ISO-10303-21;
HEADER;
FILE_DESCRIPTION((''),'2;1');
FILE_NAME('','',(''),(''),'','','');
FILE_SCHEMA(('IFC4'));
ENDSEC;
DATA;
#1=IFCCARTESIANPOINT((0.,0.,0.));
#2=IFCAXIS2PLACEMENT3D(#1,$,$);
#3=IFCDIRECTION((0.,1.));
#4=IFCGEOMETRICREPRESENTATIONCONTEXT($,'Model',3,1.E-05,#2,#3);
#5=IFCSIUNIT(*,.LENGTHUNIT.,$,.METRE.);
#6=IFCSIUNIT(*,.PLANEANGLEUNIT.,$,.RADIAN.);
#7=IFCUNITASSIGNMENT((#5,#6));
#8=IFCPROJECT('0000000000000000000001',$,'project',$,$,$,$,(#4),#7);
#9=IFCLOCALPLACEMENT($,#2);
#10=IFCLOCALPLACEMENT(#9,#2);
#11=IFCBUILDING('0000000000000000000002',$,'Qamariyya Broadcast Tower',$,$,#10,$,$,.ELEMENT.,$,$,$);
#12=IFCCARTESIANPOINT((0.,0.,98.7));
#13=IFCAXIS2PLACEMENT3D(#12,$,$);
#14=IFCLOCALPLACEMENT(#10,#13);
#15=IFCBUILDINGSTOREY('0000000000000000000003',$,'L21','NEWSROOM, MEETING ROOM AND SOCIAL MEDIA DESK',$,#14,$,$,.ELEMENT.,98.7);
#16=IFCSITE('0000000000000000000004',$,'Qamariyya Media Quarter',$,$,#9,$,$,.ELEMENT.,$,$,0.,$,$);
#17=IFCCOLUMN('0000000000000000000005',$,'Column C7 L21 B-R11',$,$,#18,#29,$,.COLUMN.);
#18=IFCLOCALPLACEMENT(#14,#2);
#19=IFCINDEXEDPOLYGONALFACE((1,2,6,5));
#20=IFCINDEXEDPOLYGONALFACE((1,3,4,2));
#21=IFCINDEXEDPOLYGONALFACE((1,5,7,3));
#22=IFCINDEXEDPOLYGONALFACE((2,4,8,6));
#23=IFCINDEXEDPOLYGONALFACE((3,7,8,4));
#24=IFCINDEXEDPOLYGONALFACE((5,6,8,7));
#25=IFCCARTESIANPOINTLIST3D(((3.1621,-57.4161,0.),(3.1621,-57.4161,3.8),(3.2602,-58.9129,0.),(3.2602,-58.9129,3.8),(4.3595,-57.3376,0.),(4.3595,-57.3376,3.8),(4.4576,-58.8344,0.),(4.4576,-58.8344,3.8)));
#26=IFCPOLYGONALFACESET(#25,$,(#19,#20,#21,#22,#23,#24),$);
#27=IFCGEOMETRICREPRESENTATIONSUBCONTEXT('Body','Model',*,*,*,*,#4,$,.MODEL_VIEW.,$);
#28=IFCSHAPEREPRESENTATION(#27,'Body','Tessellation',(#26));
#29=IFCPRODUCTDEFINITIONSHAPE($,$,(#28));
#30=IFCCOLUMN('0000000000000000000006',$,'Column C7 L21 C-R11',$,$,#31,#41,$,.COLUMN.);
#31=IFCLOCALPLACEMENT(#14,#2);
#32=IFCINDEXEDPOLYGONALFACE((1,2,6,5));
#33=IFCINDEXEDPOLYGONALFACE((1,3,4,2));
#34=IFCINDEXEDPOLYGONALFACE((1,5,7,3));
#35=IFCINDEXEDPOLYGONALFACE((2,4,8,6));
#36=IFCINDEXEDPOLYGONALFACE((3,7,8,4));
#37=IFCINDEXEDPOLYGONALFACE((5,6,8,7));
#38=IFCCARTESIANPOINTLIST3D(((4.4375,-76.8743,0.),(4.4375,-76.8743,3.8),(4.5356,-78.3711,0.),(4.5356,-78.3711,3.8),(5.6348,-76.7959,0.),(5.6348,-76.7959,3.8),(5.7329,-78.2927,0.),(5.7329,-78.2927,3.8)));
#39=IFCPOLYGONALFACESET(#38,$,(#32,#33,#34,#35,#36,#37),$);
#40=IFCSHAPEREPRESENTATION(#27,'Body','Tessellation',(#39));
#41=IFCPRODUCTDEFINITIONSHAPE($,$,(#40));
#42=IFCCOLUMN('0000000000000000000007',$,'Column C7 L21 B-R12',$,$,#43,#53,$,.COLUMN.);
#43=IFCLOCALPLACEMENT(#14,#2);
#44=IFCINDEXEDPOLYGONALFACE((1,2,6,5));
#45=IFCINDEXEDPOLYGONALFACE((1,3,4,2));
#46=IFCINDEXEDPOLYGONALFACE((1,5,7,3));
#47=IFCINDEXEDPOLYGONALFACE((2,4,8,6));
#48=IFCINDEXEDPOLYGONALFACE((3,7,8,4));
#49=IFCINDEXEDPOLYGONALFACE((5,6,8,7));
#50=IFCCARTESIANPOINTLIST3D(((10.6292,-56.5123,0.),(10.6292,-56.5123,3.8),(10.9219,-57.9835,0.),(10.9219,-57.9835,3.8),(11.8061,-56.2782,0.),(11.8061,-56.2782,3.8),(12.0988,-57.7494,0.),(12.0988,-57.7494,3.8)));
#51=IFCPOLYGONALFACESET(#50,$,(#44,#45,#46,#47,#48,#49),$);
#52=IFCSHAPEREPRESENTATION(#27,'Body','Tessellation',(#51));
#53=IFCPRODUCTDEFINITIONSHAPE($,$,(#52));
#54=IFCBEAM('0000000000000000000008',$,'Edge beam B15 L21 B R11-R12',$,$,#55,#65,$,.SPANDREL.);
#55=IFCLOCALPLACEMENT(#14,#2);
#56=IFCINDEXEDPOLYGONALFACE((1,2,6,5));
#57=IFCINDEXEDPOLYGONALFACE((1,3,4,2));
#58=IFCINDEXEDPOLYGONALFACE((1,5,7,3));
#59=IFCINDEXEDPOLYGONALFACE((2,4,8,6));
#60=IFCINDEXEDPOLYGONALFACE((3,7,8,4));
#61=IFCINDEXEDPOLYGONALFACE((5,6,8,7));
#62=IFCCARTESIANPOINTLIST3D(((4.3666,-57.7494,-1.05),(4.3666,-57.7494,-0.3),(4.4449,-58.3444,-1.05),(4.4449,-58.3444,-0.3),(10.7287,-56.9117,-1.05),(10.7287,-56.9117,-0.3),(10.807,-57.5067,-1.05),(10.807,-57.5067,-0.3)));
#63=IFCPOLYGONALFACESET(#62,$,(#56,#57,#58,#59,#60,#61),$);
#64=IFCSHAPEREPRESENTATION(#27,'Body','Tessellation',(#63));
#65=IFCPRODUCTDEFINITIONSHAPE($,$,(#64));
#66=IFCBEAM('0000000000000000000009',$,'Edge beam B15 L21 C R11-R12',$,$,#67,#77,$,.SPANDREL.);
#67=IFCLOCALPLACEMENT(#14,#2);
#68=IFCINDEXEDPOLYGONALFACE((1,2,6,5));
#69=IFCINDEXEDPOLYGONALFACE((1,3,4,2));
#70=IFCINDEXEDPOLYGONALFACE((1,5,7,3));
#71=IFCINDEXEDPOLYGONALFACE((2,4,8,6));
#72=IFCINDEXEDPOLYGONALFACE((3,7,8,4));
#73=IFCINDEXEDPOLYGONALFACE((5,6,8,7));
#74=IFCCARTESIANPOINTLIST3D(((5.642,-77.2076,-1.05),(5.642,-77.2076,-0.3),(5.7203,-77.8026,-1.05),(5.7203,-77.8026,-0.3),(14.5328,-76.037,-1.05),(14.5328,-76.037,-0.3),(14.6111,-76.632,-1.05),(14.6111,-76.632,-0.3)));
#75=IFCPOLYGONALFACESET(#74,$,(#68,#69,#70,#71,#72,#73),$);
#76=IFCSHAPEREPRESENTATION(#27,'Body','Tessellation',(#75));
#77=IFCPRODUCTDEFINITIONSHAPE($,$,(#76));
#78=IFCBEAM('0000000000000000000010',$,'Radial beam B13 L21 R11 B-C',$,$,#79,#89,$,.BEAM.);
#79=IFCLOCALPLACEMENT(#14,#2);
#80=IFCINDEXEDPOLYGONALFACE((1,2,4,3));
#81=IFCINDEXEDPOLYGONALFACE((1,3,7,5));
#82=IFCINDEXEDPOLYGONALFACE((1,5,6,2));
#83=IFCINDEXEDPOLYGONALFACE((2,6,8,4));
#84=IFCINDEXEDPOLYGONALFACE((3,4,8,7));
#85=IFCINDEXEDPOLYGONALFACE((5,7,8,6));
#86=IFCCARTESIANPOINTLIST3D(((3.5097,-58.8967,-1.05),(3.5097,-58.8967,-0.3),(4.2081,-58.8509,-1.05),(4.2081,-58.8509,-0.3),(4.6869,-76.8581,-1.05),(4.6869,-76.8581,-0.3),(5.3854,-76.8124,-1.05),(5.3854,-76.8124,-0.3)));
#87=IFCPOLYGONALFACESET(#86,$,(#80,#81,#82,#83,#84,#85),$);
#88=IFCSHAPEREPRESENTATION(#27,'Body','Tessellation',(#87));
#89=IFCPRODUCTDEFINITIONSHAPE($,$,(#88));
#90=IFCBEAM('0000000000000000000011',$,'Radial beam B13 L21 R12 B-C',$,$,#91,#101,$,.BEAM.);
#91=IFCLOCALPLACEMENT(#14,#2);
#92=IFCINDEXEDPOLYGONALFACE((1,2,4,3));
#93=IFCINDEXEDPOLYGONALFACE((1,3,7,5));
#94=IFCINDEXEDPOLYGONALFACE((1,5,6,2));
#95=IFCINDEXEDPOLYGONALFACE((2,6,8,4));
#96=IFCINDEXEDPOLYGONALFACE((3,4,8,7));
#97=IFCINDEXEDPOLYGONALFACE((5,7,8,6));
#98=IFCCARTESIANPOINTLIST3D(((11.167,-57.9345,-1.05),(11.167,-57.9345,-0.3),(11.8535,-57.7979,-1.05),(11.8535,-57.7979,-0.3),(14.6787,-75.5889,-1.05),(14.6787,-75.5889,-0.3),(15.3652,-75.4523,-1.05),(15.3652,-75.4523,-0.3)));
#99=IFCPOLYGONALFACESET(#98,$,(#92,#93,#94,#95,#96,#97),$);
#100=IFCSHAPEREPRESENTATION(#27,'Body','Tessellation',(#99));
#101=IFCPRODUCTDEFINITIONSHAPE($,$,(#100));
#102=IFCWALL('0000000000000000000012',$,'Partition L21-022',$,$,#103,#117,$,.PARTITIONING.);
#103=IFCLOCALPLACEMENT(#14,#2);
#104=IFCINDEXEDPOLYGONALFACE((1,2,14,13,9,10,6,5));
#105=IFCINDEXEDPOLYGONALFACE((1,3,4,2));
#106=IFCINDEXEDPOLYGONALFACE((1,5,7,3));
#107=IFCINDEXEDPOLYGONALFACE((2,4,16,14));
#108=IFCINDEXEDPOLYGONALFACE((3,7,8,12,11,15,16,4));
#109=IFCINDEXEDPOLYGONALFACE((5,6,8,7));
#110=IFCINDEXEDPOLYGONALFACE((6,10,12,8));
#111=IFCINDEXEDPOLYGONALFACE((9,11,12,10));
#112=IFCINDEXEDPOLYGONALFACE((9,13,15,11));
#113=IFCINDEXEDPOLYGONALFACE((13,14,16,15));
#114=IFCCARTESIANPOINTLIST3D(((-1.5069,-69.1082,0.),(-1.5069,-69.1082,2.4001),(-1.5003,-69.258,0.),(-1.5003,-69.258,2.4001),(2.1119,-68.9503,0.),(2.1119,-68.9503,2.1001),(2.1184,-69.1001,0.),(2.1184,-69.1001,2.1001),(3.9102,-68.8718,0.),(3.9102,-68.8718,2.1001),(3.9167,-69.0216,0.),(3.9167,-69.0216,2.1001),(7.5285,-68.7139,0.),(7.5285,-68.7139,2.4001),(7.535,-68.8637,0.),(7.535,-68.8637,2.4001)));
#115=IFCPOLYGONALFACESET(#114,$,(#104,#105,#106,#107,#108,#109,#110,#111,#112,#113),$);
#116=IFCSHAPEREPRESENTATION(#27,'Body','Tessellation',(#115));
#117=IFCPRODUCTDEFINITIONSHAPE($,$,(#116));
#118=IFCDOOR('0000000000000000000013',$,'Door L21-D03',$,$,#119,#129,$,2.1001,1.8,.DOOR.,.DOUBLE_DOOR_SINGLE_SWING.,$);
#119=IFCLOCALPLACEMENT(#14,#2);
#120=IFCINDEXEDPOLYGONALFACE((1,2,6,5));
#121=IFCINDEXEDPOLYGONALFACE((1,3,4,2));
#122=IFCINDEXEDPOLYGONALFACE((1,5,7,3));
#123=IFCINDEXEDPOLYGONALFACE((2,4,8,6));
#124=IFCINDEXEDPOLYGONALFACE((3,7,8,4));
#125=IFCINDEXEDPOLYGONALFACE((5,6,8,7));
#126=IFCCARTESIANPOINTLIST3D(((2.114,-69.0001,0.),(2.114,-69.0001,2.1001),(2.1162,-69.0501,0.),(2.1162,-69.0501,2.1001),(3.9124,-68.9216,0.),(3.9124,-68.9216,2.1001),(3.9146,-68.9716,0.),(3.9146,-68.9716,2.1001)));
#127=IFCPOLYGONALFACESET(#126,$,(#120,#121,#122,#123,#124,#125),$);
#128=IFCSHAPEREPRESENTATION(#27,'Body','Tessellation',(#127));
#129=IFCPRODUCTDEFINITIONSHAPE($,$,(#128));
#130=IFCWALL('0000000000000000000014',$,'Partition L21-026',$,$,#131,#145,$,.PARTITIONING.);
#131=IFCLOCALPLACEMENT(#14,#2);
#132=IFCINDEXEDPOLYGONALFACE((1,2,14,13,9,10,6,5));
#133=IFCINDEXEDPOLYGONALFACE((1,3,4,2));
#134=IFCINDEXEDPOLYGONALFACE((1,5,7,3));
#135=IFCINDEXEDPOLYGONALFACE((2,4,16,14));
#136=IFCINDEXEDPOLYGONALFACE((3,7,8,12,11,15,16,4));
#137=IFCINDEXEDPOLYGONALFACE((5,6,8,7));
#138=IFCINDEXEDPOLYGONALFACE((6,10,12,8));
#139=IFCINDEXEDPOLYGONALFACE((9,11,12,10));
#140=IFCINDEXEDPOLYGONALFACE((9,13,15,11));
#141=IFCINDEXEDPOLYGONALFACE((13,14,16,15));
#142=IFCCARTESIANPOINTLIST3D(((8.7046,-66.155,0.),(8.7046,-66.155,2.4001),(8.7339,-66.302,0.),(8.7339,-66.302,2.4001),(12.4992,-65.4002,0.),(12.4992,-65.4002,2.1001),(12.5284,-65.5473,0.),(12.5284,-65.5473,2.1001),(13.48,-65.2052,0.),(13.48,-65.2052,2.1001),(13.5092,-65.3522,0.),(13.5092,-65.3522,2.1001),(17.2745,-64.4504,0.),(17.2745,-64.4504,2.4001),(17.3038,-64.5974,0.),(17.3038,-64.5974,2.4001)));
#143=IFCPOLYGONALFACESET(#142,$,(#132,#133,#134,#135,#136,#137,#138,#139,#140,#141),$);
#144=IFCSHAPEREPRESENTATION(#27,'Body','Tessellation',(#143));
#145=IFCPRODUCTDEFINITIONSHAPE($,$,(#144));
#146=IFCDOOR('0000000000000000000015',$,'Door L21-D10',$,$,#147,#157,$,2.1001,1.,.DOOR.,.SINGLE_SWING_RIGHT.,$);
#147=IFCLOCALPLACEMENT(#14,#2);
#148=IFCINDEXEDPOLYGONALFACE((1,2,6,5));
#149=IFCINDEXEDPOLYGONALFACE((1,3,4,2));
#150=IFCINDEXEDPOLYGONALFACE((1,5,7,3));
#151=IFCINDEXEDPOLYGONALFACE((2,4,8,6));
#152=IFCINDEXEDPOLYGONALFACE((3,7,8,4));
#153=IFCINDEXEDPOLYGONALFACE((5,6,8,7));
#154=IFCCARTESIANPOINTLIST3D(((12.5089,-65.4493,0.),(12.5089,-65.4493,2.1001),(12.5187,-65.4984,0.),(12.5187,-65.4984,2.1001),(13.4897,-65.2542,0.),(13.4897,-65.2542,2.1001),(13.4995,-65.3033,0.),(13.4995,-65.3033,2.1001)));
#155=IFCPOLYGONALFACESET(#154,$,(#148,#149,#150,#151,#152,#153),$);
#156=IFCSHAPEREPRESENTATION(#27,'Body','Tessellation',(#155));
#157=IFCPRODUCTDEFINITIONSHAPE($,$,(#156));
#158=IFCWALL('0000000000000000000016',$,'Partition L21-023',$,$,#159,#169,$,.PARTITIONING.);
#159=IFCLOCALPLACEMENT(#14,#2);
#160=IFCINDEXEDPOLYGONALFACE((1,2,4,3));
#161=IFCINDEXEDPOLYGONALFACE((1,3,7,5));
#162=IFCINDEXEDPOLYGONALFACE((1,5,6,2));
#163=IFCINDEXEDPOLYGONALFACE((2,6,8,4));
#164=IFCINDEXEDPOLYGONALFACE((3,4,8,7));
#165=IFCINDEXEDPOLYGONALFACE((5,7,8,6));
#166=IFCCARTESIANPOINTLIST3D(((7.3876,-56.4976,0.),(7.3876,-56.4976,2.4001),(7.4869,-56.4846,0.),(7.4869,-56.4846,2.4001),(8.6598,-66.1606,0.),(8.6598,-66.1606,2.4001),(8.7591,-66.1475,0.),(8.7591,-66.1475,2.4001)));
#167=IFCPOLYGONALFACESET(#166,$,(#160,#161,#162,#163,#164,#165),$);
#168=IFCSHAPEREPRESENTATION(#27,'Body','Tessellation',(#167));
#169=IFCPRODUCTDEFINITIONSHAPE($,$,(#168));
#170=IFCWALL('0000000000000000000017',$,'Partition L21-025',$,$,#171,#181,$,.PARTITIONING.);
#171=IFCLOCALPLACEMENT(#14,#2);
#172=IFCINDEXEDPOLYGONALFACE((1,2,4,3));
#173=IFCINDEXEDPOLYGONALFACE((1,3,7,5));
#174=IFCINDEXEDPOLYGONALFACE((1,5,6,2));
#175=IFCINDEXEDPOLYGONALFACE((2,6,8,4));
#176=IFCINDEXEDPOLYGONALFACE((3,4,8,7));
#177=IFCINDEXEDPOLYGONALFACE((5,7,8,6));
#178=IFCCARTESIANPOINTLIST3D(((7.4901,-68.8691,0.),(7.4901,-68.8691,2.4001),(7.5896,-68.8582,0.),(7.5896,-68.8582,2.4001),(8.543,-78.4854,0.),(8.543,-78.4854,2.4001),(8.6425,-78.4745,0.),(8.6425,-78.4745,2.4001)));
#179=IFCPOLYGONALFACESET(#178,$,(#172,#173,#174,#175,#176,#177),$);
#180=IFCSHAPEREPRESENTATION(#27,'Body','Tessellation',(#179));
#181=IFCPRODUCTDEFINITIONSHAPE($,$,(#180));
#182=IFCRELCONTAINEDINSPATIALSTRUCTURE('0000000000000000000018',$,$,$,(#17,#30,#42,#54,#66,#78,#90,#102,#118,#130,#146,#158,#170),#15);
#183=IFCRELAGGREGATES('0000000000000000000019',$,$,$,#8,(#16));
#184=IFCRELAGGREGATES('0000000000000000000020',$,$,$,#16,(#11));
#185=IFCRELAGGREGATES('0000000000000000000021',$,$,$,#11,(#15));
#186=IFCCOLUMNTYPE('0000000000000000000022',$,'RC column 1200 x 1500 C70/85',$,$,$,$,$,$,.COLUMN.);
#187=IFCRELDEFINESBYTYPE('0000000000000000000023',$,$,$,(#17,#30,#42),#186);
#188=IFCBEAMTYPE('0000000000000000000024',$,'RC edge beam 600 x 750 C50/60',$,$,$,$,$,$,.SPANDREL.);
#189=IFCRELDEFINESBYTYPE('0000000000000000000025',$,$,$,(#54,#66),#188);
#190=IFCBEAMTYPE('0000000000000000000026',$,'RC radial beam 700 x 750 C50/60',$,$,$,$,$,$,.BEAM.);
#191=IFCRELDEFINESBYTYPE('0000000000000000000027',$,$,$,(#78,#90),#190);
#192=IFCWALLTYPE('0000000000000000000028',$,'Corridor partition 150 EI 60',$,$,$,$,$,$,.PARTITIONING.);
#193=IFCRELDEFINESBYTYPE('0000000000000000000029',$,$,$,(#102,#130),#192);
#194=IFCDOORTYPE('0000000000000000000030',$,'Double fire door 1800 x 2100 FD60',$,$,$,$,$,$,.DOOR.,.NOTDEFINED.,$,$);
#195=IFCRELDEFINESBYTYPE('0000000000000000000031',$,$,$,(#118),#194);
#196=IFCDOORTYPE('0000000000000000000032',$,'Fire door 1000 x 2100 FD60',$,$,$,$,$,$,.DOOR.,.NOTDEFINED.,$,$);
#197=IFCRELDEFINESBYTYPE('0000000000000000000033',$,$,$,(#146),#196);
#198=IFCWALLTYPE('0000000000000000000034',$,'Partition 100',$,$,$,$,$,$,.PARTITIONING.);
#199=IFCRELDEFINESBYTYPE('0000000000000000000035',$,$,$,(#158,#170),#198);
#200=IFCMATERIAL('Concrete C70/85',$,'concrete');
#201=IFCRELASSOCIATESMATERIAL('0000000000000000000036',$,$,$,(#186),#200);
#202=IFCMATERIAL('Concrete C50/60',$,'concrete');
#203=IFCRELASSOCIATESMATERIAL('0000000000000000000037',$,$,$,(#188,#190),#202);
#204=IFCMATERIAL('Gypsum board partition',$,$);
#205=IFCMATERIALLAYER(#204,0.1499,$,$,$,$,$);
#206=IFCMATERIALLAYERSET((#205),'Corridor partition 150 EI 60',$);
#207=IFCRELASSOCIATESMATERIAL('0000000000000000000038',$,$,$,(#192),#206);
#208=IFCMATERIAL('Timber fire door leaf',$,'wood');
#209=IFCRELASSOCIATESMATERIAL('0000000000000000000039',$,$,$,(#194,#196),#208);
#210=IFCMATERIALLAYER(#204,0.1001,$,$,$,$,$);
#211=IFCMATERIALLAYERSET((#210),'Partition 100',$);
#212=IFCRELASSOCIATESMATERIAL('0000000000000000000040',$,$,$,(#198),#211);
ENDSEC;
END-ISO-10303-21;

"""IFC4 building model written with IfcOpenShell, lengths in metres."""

from ifc_helpers import new_model, si_unit, direction, frame, frame_2d, origin, origin_2d, place, context, subcontext, project, spatial, rectangle, extrude, material, layer, layer_set, material_profile, profile_set, type_object, element, fill, save


model = new_model("IFC4")

# Units and contexts
model_context = context("Model", 3, precision=1e-05, world=origin(), true_north=direction((0.0, 1.0)))
body_context = subcontext(model_context, "Body", "Model", "MODEL_VIEW")
ifc_project = project(units=[si_unit("LENGTHUNIT", "METRE"), si_unit("PLANEANGLEUNIT", "RADIAN")], contexts=[model_context])

# Site, building, storey
site_placement = place(None, origin())
site = spatial("IfcSite", under=ifc_project, at=site_placement, Name="Qamariyya Media Quarter", CompositionType="ELEMENT", RefElevation=0.0)
building_placement = place(site_placement, origin())
building = spatial("IfcBuilding", under=site, at=building_placement, Name="Qamariyya Broadcast Tower", CompositionType="ELEMENT")
storey_placement = place(building_placement, frame((0.0, 0.0, 98.7)))
storey = spatial("IfcBuildingStorey", under=building, at=storey_placement, Name="L21", Description="NEWSROOM, MEETING ROOM AND SOCIAL MEDIA DESK", CompositionType="ELEMENT", Elevation=98.7)

# Columns
ifc_material_1 = material(Name="Concrete C70/85", Category="concrete")
ifc_material_profile_1 = material_profile(ifc_material_1, rectangle(XDim=1.2, YDim=1.5, at=origin_2d()))
ifc_profile_set_1 = profile_set([ifc_material_profile_1], Name="Concrete C70/85")
column_type = type_object("IfcColumnType", Name="RC column 1200 x 1500 C70/85", PredefinedType="COLUMN", material=ifc_profile_set_1)
for number, where, z_axis, x_axis, name in (
    (1, (3.8098, -58.1252, 0.0), (0.0, 0.0, 1.0), (0.997859, 0.065403, 0.0), "Column C7 L21 B-R11"),
    (2, (5.0852, -77.5835, 0.0), (0.0, 0.0, 1.0), (0.997859, 0.065403, 0.0), "Column C7 L21 C-R11"),
    (3, (11.364, -57.1309, 0.0), (0.0, 0.0, 1.0), (0.980785, 0.19509, 0.0), "Column C7 L21 B-R12"),
):
    element("IfcColumn", number, at=place(storey_placement, frame(where, z_axis=z_axis, x_axis=x_axis)), inside=storey, type_object=column_type, Name=name, PredefinedType="COLUMN", context=body_context, shape_type="SweptSolid", body=[
        extrude(rectangle(XDim=1.2, YDim=1.5, at=origin_2d()), origin(), (0.0, 0.0, 1.0), 3.8),
    ])

# Beams
ifc_material_2 = material(Name="Concrete C50/60", Category="concrete")
ifc_material_profile_2 = material_profile(ifc_material_2, rectangle(XDim=0.6001, YDim=0.75, at=origin_2d()))
ifc_profile_set_2 = profile_set([ifc_material_profile_2], Name="Concrete C50/60")
beam_type_1 = type_object("IfcBeamType", Name="RC edge beam 600 x 750 C50/60", PredefinedType="SPANDREL", material=ifc_profile_set_2)
beam_1_placement = place(storey_placement, frame((4.4058, -58.0469, -0.675), z_axis=(0.991444, 0.130536, 0.0), x_axis=(-0.130536, 0.991444, 0.0)))
element("IfcBeam", 4, at=beam_1_placement, inside=storey, type_object=beam_type_1, Name="Edge beam B15 L21 B R11-R12", PredefinedType="SPANDREL", context=body_context, shape_type="SweptSolid", body=[
    extrude(rectangle(XDim=0.6001, YDim=0.75, at=origin_2d()), origin(), (0.0, 0.0, 1.0), 6.417),
])
beam_2_placement = place(storey_placement, frame((5.6812, -77.5051, -0.675), z_axis=(0.991443, 0.130543, 0.0), x_axis=(-0.130543, 0.991443, 0.0)))
element("IfcBeam", 5, at=beam_2_placement, inside=storey, type_object=beam_type_1, Name="Edge beam B15 L21 C R11-R12", PredefinedType="SPANDREL", context=body_context, shape_type="SweptSolid", body=[
    extrude(rectangle(XDim=0.6001, YDim=0.75, at=origin_2d()), origin(), (0.0, 0.0, 1.0), 8.9675),
])
ifc_material_profile_3 = material_profile(ifc_material_2, rectangle(XDim=0.7, YDim=0.75, at=origin_2d()))
ifc_profile_set_3 = profile_set([ifc_material_profile_3], Name="Concrete C50/60")
beam_type_2 = type_object("IfcBeamType", Name="RC radial beam 700 x 750 C50/60", PredefinedType="BEAM", material=ifc_profile_set_3)
beam_3_placement = place(storey_placement, frame((3.8589, -58.8738, -0.675), z_axis=(0.065403, -0.997859, 0.0), x_axis=(0.997859, 0.065403, 0.0)))
element("IfcBeam", 6, at=beam_3_placement, inside=storey, type_object=beam_type_2, Name="Radial beam B13 L21 R11 B-C", PredefinedType="BEAM", context=body_context, shape_type="SweptSolid", body=[
    extrude(rectangle(XDim=0.7, YDim=0.75, at=origin_2d()), origin(), (0.0, 0.0, 1.0), 18.0),
])
beam_4_placement = place(storey_placement, frame((11.5103, -57.8662, -0.675), z_axis=(0.195094, -0.980785, 0.0), x_axis=(0.980785, 0.195094, 0.0)))
element("IfcBeam", 7, at=beam_4_placement, inside=storey, type_object=beam_type_2, Name="Radial beam B13 L21 R12 B-C", PredefinedType="BEAM", context=body_context, shape_type="SweptSolid", body=[
    extrude(rectangle(XDim=0.7, YDim=0.75, at=origin_2d()), origin(), (0.0, 0.0, 1.0), 18.0002),
])

# Walls, openings, doors
ifc_material_3 = material(Name="Gypsum board partition")
ifc_layer_1 = layer(ifc_material_3, 0.1499)
ifc_layer_set_1 = layer_set([ifc_layer_1], Name="Corridor partition 150 EI 60")
wall_type_1 = type_object("IfcWallType", Name="Corridor partition 150 EI 60", PredefinedType="PARTITIONING", material=ifc_layer_set_1)
wall_1_placement = place(storey_placement, frame((7.5317, -68.7888, 0.0), z_axis=(0.0, 0.0, 1.0), x_axis=(-0.999049, -0.043597, 0.0)))
wall_1 = element("IfcWall", 8, at=wall_1_placement, inside=storey, type_object=wall_type_1, Name="Partition L21-022", PredefinedType="PARTITIONING", context=body_context, shape_type="SweptSolid", body=[
    extrude(rectangle(XDim=9.0439, YDim=0.1499, at=frame_2d((4.522, 0.0))), origin(), (0.0, 0.0, 1.0), 2.4001),
])
opening_1_placement = place(wall_1_placement, frame((3.6218, 0.0, 0.0)))
opening_1 = element("IfcOpeningElement", 9, at=opening_1_placement, cuts=wall_1, PredefinedType="OPENING", context=body_context, shape_type="SweptSolid", body=[
    extrude(rectangle(XDim=1.8, YDim=2.1001, at=frame_2d((0.8999, 1.05))), frame((0.0, 0.085, 0.0), z_axis=(0.0, -1.0, 0.0), x_axis=(1.0, 0.0, 0.0)), (0.0, 0.0, 1.0), 0.1699),
])
ifc_material_4 = material(Name="Timber fire door leaf", Category="wood")
door_type_1 = type_object("IfcDoorType", Name="Double fire door 1800 x 2100 FD60", OperationType="NOTDEFINED", PredefinedType="DOOR", material=ifc_material_4)
door_1_placement = place(opening_1_placement, origin())
door_1 = element("IfcDoor", 10, at=door_1_placement, inside=storey, type_object=door_type_1, Name="Door L21-D03", OperationType="DOUBLE_DOOR_SINGLE_SWING", OverallHeight=2.1001, OverallWidth=1.8, PredefinedType="DOOR", context=body_context, shape_type="SweptSolid", body=[
    extrude(rectangle(XDim=1.8, YDim=2.1001, at=frame_2d((0.8999, 1.05))), frame((0.0, 0.0249, 0.0), z_axis=(0.0, -1.0, 0.0), x_axis=(1.0, 0.0, 0.0)), (0.0, 0.0, 1.0), 0.05),
])
fill(opening_1, door_1)
wall_2_placement = place(storey_placement, frame((8.7192, -66.2285, 0.0), z_axis=(0.0, 0.0, 1.0), x_axis=(0.980786, 0.195084, 0.0)))
wall_2 = element("IfcWall", 11, at=wall_2_placement, inside=storey, type_object=wall_type_1, Name="Partition L21-026", PredefinedType="PARTITIONING", context=body_context, shape_type="SweptSolid", body=[
    extrude(rectangle(XDim=8.7378, YDim=0.1499, at=frame_2d((4.3689, 0.0))), origin(), (0.0, 0.0, 1.0), 2.4001),
])
opening_2_placement = place(wall_2_placement, frame((3.8689, 0.0, 0.0)))
opening_2 = element("IfcOpeningElement", 12, at=opening_2_placement, cuts=wall_2, PredefinedType="OPENING", context=body_context, shape_type="SweptSolid", body=[
    extrude(rectangle(XDim=1.0, YDim=2.1001, at=frame_2d((0.5, 1.05))), frame((0.0, 0.085, 0.0), z_axis=(0.0, -1.0, 0.0), x_axis=(1.0, 0.0, 0.0)), (0.0, 0.0, 1.0), 0.1699),
])
door_type_2 = type_object("IfcDoorType", Name="Fire door 1000 x 2100 FD60", OperationType="NOTDEFINED", PredefinedType="DOOR", material=ifc_material_4)
door_2_placement = place(opening_2_placement, origin())
door_2 = element("IfcDoor", 13, at=door_2_placement, inside=storey, type_object=door_type_2, Name="Door L21-D10", OperationType="SINGLE_SWING_RIGHT", OverallHeight=2.1001, OverallWidth=1.0, PredefinedType="DOOR", context=body_context, shape_type="SweptSolid", body=[
    extrude(rectangle(XDim=1.0, YDim=2.1001, at=frame_2d((0.5, 1.05))), frame((0.0, 0.0249, 0.0), z_axis=(0.0, -1.0, 0.0), x_axis=(1.0, 0.0, 0.0)), (0.0, 0.0, 1.0), 0.05),
])
fill(opening_2, door_2)

# Walls
ifc_layer_2 = layer(ifc_material_3, 0.1001)
ifc_layer_set_2 = layer_set([ifc_layer_2], Name="Partition 100")
wall_type_2 = type_object("IfcWallType", Name="Partition 100", PredefinedType="PARTITIONING", material=ifc_layer_set_2)
wall_3_placement = place(storey_placement, frame((7.4373, -56.4912, 0.0), z_axis=(0.0, 0.0, 1.0), x_axis=(0.130534, -0.991444, 0.0)))
element("IfcWall", 14, at=wall_3_placement, inside=storey, type_object=wall_type_2, Name="Partition L21-023", PredefinedType="PARTITIONING", context=body_context, shape_type="SweptSolid", body=[
    extrude(rectangle(XDim=9.7463, YDim=0.1001, at=frame_2d((4.873, 0.0))), origin(), (0.0, 0.0, 1.0), 2.4001),
])
wall_4_placement = place(storey_placement, frame((8.5928, -78.48, 0.0), z_axis=(0.0, 0.0, 1.0), x_axis=(-0.108847, 0.994059, 0.0)))
element("IfcWall", 15, at=wall_4_placement, inside=storey, type_object=wall_type_2, Name="Partition L21-025", PredefinedType="PARTITIONING", context=body_context, shape_type="SweptSolid", body=[
    extrude(rectangle(XDim=9.6738, YDim=0.1001, at=frame_2d((4.8369, 0.0))), origin(), (0.0, 0.0, 1.0), 2.4001),
])

save(model, "model.ifc")
